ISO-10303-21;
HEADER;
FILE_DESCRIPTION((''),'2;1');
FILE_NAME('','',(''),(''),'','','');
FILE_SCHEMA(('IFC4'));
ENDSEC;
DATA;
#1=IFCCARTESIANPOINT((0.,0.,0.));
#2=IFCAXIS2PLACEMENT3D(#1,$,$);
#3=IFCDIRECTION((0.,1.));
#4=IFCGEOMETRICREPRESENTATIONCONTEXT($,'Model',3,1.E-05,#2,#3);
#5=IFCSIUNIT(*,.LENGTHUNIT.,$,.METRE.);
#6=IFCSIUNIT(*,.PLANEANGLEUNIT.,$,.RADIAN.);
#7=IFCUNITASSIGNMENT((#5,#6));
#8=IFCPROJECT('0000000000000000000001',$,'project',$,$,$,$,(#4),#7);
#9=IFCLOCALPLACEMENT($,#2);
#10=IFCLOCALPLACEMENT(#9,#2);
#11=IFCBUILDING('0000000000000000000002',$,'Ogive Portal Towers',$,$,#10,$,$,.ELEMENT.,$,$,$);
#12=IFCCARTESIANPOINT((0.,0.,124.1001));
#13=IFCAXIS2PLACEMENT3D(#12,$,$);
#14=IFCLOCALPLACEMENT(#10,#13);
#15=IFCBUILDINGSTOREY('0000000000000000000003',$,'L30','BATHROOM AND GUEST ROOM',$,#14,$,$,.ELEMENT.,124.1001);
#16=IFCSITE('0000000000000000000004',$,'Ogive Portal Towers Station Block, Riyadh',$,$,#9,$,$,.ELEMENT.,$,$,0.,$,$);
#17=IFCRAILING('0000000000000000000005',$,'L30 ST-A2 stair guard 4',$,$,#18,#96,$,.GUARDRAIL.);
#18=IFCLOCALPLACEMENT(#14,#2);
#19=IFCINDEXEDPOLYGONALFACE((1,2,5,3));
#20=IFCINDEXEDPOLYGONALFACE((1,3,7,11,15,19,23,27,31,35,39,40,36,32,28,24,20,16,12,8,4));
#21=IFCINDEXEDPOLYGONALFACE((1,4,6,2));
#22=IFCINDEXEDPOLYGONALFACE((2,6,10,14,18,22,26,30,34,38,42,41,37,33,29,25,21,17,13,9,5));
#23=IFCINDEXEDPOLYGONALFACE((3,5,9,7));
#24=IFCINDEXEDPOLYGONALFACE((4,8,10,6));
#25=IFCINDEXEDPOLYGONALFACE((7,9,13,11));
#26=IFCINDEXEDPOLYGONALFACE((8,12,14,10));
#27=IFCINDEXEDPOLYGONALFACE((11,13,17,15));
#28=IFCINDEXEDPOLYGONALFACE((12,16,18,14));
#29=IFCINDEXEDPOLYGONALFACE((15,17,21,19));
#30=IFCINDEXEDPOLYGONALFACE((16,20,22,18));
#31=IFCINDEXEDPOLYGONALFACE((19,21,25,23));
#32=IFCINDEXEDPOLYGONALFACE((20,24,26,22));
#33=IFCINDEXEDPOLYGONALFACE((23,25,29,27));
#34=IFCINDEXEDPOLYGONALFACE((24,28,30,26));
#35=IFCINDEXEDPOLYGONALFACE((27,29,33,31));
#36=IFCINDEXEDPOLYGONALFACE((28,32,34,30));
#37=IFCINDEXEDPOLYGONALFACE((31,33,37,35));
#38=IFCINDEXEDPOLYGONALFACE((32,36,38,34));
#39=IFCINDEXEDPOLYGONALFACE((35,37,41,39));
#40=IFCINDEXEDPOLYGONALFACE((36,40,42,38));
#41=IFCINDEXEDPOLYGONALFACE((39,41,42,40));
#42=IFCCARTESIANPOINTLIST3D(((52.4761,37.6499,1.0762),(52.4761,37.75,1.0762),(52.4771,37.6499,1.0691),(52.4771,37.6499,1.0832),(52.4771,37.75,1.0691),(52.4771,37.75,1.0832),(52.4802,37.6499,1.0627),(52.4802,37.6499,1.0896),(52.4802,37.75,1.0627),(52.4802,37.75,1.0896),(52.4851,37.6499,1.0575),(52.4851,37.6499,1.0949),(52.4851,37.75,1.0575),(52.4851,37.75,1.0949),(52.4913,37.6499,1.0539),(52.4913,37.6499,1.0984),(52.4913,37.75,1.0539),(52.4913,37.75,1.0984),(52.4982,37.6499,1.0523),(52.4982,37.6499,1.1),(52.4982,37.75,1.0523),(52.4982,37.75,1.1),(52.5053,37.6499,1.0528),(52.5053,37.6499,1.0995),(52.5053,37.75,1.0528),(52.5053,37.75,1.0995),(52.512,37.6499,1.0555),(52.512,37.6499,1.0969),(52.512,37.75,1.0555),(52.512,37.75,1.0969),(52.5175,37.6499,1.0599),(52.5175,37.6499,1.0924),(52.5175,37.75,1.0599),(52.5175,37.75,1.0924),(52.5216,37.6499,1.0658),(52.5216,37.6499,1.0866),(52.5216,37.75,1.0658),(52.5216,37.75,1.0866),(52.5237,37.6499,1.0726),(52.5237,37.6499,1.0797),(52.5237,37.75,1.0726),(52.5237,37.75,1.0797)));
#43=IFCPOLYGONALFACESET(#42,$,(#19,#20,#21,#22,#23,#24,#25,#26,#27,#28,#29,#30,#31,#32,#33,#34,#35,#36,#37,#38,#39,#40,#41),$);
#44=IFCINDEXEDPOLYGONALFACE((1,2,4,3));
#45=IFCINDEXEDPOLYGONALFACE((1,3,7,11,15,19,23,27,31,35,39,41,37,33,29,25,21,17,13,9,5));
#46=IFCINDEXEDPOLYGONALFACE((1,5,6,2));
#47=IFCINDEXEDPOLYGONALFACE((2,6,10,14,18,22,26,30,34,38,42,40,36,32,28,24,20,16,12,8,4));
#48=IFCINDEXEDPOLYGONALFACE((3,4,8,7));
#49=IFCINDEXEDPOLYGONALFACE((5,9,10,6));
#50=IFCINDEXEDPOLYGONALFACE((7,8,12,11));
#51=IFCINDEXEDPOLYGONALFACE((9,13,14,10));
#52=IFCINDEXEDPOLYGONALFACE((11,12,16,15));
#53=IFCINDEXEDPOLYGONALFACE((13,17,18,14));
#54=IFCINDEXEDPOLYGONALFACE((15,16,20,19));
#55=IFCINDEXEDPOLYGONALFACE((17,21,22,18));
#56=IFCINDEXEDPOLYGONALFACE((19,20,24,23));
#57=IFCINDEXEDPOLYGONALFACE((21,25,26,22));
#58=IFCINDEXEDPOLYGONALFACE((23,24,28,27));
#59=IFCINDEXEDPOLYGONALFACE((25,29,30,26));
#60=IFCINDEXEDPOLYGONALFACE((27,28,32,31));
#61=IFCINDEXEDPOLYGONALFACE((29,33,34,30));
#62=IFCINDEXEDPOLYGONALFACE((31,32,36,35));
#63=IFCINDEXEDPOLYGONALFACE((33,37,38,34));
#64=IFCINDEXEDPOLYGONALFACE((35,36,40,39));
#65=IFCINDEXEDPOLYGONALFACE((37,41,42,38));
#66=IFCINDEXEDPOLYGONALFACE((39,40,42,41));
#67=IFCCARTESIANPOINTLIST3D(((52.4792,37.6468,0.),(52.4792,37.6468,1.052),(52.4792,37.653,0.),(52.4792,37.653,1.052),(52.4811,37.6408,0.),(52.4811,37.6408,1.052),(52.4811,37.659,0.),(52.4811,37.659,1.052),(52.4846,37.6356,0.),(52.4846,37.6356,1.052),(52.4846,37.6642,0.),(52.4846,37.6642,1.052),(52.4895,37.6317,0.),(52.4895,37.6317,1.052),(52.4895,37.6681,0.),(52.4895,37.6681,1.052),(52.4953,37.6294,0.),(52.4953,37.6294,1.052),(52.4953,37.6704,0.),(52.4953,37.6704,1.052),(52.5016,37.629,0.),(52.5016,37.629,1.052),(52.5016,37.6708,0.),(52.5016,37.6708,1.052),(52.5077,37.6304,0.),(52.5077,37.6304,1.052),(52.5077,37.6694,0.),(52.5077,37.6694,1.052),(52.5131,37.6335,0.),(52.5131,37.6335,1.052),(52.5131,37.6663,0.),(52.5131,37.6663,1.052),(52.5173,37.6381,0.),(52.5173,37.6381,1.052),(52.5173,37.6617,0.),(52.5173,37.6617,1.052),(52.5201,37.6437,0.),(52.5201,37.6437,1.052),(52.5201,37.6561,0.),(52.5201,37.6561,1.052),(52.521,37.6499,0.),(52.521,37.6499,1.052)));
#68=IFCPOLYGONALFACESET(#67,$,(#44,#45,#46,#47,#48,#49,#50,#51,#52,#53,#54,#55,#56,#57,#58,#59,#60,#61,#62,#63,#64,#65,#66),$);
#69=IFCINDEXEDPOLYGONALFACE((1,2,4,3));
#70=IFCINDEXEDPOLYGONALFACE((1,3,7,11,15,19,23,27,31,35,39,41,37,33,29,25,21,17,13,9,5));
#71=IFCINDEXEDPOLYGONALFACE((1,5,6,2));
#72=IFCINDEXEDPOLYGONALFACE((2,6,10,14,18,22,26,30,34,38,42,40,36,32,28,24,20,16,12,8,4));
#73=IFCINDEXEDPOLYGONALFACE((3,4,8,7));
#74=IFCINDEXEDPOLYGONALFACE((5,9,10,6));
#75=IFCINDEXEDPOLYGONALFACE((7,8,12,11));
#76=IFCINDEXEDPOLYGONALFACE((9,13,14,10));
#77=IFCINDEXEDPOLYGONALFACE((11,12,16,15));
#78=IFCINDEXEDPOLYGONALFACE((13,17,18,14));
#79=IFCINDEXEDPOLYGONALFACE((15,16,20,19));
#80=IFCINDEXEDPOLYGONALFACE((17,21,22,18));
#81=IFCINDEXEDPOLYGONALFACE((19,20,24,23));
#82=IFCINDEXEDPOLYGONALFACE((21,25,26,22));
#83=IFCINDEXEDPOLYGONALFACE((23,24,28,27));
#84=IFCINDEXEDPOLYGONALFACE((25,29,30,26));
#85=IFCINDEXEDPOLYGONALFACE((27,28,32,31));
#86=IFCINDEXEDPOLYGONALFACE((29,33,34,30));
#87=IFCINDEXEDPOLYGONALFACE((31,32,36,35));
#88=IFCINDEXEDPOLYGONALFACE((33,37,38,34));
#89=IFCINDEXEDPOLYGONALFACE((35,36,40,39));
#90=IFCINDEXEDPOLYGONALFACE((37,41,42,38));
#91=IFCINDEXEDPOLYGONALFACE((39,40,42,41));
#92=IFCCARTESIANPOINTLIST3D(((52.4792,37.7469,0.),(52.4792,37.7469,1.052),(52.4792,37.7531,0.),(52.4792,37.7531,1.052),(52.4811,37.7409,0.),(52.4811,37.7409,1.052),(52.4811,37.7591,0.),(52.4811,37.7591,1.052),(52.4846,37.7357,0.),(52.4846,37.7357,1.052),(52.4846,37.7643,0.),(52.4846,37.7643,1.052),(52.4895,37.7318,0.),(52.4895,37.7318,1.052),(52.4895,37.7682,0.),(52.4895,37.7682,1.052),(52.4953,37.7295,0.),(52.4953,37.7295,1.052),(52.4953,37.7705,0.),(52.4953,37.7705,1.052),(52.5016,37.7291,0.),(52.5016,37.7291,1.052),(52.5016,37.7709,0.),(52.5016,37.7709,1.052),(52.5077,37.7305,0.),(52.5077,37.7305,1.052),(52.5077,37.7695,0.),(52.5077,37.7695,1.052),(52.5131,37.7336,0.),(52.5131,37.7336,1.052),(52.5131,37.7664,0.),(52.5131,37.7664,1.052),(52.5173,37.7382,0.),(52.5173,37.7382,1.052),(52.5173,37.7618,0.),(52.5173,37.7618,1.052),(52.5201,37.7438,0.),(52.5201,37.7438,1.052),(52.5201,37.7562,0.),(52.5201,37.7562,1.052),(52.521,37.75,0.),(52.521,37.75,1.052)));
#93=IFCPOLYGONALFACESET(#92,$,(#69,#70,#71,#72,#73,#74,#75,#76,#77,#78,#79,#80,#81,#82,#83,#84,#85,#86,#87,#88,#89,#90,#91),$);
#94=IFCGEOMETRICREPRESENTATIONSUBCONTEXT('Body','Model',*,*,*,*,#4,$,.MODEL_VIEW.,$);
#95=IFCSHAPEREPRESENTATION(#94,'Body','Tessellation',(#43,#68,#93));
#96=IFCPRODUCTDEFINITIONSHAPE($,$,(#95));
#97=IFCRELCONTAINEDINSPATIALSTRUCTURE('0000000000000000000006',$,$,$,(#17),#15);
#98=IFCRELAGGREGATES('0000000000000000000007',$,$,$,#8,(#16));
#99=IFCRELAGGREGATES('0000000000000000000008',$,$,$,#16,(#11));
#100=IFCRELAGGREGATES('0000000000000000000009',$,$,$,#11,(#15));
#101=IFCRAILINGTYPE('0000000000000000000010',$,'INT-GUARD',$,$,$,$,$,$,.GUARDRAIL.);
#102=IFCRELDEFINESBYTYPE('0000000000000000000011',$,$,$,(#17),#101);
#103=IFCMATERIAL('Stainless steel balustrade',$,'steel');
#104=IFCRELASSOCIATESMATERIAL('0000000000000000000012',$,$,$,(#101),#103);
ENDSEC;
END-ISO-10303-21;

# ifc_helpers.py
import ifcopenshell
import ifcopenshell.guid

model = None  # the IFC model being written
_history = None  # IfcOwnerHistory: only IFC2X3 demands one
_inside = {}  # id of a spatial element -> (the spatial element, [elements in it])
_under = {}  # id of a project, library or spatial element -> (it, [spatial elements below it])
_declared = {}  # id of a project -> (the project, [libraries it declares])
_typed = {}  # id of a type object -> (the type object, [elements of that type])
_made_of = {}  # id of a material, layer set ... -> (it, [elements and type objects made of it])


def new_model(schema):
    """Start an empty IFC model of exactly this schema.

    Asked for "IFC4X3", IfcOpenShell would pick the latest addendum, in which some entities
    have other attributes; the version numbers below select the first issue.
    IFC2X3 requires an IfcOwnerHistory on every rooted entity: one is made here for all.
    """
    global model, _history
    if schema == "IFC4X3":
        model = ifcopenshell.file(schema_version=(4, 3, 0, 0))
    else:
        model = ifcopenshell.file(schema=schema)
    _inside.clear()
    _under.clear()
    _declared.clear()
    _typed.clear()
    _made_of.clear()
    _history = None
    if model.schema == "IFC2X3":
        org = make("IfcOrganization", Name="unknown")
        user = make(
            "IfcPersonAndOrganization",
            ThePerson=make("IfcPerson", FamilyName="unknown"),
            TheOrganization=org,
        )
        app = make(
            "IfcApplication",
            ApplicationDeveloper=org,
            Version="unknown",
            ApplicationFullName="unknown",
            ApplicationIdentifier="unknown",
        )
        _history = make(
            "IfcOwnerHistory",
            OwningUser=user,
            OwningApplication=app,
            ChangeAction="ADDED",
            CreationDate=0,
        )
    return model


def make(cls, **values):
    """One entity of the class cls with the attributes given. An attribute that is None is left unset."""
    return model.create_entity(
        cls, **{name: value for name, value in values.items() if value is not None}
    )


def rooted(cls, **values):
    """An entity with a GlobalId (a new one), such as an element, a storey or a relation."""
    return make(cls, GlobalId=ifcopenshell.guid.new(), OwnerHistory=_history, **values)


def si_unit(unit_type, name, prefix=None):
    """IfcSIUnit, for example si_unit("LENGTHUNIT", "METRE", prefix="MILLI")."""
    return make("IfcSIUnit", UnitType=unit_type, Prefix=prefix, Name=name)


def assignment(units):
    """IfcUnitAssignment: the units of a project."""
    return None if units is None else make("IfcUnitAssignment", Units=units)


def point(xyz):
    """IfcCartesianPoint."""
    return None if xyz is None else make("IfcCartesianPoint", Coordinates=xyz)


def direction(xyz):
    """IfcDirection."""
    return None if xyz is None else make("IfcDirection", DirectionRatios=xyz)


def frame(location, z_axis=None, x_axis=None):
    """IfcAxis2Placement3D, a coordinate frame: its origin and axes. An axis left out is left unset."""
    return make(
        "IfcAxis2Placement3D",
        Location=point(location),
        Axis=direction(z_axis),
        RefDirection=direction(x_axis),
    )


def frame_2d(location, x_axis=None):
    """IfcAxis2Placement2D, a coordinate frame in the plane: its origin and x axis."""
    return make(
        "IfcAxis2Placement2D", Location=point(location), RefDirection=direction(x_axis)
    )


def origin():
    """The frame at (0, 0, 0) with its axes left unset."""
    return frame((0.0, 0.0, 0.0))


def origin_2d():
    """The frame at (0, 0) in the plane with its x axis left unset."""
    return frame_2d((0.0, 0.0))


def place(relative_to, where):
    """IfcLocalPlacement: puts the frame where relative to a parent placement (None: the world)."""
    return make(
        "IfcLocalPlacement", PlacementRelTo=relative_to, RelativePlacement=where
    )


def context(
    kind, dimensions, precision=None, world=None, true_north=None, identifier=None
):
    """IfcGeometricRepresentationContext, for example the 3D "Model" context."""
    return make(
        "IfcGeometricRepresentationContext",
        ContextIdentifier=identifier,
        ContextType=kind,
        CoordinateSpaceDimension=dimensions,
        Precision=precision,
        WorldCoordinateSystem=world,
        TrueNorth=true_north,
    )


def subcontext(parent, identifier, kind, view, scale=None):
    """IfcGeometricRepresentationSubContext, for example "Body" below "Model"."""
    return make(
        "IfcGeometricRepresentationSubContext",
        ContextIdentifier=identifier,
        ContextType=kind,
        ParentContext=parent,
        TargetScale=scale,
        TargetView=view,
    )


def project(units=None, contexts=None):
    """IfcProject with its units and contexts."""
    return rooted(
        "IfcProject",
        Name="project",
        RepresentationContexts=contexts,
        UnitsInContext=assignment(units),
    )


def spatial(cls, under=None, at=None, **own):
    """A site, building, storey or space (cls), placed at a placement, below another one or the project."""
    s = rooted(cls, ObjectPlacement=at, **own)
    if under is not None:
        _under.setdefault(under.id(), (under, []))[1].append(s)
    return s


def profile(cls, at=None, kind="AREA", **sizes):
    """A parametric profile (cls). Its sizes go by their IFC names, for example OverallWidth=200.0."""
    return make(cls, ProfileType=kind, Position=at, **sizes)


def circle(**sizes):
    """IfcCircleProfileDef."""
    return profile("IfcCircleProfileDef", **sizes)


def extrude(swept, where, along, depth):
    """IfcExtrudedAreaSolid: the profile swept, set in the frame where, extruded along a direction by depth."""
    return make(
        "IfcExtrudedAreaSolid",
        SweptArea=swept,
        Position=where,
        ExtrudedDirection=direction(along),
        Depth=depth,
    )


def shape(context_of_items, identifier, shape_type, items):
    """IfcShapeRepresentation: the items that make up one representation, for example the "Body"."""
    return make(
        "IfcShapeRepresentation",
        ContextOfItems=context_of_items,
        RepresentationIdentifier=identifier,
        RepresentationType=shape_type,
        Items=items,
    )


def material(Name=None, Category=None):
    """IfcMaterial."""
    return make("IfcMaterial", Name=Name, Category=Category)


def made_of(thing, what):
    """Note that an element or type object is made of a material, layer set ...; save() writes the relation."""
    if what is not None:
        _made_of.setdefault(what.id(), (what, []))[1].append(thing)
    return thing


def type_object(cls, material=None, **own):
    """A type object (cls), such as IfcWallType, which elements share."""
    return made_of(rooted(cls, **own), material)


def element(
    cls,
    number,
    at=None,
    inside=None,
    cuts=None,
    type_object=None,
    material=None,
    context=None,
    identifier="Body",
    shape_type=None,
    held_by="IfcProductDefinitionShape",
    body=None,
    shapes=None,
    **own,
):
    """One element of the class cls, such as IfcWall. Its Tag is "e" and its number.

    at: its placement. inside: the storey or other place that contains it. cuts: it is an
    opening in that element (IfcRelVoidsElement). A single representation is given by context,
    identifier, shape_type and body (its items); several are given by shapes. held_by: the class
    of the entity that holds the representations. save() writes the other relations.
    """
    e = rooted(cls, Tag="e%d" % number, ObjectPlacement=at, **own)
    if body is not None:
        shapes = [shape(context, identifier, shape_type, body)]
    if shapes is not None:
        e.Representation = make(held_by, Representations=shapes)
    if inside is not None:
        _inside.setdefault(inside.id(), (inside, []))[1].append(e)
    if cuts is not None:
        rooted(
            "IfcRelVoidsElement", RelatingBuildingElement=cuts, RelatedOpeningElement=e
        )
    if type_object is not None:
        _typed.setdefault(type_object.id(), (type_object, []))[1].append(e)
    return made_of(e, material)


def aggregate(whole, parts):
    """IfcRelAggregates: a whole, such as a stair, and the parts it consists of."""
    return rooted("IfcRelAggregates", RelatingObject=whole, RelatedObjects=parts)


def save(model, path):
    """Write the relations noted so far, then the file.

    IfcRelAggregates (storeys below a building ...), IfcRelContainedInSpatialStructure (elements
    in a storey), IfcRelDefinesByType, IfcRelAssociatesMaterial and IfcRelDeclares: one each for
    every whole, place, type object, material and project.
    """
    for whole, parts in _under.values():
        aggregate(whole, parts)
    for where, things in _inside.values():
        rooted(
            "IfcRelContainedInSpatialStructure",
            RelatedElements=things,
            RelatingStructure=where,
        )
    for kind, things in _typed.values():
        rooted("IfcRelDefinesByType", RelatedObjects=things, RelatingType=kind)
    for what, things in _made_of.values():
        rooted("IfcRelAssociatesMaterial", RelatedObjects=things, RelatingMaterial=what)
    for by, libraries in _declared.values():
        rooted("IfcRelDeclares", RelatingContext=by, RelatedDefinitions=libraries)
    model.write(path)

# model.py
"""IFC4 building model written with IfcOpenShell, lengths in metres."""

from ifc_helpers import new_model, si_unit, direction, frame, origin, origin_2d, place, context, subcontext, project, spatial, circle, extrude, material, type_object, element, save


model = new_model("IFC4")

# Units and contexts
model_context = context("Model", 3, precision=1e-05, world=origin(), true_north=direction((0.0, 1.0)))
body_context = subcontext(model_context, "Body", "Model", "MODEL_VIEW")
ifc_project = project(units=[si_unit("LENGTHUNIT", "METRE"), si_unit("PLANEANGLEUNIT", "RADIAN")], contexts=[model_context])

# Site, building, storey
site_placement = place(None, origin())
site = spatial("IfcSite", under=ifc_project, at=site_placement, Name="Ogive Portal Towers Station Block, Riyadh", CompositionType="ELEMENT", RefElevation=0.0)
building_placement = place(site_placement, origin())
building = spatial("IfcBuilding", under=site, at=building_placement, Name="Ogive Portal Towers", CompositionType="ELEMENT")
storey_placement = place(building_placement, frame((0.0, 0.0, 124.1001)))
storey = spatial("IfcBuildingStorey", under=building, at=storey_placement, Name="L30", Description="BATHROOM AND GUEST ROOM", CompositionType="ELEMENT", Elevation=124.1001)

# Railing
ifc_material_1 = material(Name="Stainless steel balustrade", Category="steel")
railing_type_1 = type_object("IfcRailingType", Name="INT-GUARD", PredefinedType="GUARDRAIL", material=ifc_material_1)
railing_1_placement = place(storey_placement, frame((52.5, 37.6499, 0.0)))
element("IfcRailing", 1, at=railing_1_placement, inside=storey, type_object=railing_type_1, Name="L30 ST-A2 stair guard 4", PredefinedType="GUARDRAIL", context=body_context, shape_type="SweptSolid", body=[
    extrude(circle(Radius=0.0239, at=origin_2d()), frame((0.0, 0.0, 1.0762), z_axis=(0.0, 1.0, 0.0), x_axis=(-1.0, 0.0, 0.0)), (0.0, 0.0, 1.0), 0.1001),
    extrude(circle(Radius=0.021, at=origin_2d()), origin(), (0.0, 0.0, 1.0), 1.052),
    extrude(circle(Radius=0.021, at=origin_2d()), frame((0.0, 0.1001, 0.0)), (0.0, 0.0, 1.0), 1.052),
])

save(model, "model.ifc")
